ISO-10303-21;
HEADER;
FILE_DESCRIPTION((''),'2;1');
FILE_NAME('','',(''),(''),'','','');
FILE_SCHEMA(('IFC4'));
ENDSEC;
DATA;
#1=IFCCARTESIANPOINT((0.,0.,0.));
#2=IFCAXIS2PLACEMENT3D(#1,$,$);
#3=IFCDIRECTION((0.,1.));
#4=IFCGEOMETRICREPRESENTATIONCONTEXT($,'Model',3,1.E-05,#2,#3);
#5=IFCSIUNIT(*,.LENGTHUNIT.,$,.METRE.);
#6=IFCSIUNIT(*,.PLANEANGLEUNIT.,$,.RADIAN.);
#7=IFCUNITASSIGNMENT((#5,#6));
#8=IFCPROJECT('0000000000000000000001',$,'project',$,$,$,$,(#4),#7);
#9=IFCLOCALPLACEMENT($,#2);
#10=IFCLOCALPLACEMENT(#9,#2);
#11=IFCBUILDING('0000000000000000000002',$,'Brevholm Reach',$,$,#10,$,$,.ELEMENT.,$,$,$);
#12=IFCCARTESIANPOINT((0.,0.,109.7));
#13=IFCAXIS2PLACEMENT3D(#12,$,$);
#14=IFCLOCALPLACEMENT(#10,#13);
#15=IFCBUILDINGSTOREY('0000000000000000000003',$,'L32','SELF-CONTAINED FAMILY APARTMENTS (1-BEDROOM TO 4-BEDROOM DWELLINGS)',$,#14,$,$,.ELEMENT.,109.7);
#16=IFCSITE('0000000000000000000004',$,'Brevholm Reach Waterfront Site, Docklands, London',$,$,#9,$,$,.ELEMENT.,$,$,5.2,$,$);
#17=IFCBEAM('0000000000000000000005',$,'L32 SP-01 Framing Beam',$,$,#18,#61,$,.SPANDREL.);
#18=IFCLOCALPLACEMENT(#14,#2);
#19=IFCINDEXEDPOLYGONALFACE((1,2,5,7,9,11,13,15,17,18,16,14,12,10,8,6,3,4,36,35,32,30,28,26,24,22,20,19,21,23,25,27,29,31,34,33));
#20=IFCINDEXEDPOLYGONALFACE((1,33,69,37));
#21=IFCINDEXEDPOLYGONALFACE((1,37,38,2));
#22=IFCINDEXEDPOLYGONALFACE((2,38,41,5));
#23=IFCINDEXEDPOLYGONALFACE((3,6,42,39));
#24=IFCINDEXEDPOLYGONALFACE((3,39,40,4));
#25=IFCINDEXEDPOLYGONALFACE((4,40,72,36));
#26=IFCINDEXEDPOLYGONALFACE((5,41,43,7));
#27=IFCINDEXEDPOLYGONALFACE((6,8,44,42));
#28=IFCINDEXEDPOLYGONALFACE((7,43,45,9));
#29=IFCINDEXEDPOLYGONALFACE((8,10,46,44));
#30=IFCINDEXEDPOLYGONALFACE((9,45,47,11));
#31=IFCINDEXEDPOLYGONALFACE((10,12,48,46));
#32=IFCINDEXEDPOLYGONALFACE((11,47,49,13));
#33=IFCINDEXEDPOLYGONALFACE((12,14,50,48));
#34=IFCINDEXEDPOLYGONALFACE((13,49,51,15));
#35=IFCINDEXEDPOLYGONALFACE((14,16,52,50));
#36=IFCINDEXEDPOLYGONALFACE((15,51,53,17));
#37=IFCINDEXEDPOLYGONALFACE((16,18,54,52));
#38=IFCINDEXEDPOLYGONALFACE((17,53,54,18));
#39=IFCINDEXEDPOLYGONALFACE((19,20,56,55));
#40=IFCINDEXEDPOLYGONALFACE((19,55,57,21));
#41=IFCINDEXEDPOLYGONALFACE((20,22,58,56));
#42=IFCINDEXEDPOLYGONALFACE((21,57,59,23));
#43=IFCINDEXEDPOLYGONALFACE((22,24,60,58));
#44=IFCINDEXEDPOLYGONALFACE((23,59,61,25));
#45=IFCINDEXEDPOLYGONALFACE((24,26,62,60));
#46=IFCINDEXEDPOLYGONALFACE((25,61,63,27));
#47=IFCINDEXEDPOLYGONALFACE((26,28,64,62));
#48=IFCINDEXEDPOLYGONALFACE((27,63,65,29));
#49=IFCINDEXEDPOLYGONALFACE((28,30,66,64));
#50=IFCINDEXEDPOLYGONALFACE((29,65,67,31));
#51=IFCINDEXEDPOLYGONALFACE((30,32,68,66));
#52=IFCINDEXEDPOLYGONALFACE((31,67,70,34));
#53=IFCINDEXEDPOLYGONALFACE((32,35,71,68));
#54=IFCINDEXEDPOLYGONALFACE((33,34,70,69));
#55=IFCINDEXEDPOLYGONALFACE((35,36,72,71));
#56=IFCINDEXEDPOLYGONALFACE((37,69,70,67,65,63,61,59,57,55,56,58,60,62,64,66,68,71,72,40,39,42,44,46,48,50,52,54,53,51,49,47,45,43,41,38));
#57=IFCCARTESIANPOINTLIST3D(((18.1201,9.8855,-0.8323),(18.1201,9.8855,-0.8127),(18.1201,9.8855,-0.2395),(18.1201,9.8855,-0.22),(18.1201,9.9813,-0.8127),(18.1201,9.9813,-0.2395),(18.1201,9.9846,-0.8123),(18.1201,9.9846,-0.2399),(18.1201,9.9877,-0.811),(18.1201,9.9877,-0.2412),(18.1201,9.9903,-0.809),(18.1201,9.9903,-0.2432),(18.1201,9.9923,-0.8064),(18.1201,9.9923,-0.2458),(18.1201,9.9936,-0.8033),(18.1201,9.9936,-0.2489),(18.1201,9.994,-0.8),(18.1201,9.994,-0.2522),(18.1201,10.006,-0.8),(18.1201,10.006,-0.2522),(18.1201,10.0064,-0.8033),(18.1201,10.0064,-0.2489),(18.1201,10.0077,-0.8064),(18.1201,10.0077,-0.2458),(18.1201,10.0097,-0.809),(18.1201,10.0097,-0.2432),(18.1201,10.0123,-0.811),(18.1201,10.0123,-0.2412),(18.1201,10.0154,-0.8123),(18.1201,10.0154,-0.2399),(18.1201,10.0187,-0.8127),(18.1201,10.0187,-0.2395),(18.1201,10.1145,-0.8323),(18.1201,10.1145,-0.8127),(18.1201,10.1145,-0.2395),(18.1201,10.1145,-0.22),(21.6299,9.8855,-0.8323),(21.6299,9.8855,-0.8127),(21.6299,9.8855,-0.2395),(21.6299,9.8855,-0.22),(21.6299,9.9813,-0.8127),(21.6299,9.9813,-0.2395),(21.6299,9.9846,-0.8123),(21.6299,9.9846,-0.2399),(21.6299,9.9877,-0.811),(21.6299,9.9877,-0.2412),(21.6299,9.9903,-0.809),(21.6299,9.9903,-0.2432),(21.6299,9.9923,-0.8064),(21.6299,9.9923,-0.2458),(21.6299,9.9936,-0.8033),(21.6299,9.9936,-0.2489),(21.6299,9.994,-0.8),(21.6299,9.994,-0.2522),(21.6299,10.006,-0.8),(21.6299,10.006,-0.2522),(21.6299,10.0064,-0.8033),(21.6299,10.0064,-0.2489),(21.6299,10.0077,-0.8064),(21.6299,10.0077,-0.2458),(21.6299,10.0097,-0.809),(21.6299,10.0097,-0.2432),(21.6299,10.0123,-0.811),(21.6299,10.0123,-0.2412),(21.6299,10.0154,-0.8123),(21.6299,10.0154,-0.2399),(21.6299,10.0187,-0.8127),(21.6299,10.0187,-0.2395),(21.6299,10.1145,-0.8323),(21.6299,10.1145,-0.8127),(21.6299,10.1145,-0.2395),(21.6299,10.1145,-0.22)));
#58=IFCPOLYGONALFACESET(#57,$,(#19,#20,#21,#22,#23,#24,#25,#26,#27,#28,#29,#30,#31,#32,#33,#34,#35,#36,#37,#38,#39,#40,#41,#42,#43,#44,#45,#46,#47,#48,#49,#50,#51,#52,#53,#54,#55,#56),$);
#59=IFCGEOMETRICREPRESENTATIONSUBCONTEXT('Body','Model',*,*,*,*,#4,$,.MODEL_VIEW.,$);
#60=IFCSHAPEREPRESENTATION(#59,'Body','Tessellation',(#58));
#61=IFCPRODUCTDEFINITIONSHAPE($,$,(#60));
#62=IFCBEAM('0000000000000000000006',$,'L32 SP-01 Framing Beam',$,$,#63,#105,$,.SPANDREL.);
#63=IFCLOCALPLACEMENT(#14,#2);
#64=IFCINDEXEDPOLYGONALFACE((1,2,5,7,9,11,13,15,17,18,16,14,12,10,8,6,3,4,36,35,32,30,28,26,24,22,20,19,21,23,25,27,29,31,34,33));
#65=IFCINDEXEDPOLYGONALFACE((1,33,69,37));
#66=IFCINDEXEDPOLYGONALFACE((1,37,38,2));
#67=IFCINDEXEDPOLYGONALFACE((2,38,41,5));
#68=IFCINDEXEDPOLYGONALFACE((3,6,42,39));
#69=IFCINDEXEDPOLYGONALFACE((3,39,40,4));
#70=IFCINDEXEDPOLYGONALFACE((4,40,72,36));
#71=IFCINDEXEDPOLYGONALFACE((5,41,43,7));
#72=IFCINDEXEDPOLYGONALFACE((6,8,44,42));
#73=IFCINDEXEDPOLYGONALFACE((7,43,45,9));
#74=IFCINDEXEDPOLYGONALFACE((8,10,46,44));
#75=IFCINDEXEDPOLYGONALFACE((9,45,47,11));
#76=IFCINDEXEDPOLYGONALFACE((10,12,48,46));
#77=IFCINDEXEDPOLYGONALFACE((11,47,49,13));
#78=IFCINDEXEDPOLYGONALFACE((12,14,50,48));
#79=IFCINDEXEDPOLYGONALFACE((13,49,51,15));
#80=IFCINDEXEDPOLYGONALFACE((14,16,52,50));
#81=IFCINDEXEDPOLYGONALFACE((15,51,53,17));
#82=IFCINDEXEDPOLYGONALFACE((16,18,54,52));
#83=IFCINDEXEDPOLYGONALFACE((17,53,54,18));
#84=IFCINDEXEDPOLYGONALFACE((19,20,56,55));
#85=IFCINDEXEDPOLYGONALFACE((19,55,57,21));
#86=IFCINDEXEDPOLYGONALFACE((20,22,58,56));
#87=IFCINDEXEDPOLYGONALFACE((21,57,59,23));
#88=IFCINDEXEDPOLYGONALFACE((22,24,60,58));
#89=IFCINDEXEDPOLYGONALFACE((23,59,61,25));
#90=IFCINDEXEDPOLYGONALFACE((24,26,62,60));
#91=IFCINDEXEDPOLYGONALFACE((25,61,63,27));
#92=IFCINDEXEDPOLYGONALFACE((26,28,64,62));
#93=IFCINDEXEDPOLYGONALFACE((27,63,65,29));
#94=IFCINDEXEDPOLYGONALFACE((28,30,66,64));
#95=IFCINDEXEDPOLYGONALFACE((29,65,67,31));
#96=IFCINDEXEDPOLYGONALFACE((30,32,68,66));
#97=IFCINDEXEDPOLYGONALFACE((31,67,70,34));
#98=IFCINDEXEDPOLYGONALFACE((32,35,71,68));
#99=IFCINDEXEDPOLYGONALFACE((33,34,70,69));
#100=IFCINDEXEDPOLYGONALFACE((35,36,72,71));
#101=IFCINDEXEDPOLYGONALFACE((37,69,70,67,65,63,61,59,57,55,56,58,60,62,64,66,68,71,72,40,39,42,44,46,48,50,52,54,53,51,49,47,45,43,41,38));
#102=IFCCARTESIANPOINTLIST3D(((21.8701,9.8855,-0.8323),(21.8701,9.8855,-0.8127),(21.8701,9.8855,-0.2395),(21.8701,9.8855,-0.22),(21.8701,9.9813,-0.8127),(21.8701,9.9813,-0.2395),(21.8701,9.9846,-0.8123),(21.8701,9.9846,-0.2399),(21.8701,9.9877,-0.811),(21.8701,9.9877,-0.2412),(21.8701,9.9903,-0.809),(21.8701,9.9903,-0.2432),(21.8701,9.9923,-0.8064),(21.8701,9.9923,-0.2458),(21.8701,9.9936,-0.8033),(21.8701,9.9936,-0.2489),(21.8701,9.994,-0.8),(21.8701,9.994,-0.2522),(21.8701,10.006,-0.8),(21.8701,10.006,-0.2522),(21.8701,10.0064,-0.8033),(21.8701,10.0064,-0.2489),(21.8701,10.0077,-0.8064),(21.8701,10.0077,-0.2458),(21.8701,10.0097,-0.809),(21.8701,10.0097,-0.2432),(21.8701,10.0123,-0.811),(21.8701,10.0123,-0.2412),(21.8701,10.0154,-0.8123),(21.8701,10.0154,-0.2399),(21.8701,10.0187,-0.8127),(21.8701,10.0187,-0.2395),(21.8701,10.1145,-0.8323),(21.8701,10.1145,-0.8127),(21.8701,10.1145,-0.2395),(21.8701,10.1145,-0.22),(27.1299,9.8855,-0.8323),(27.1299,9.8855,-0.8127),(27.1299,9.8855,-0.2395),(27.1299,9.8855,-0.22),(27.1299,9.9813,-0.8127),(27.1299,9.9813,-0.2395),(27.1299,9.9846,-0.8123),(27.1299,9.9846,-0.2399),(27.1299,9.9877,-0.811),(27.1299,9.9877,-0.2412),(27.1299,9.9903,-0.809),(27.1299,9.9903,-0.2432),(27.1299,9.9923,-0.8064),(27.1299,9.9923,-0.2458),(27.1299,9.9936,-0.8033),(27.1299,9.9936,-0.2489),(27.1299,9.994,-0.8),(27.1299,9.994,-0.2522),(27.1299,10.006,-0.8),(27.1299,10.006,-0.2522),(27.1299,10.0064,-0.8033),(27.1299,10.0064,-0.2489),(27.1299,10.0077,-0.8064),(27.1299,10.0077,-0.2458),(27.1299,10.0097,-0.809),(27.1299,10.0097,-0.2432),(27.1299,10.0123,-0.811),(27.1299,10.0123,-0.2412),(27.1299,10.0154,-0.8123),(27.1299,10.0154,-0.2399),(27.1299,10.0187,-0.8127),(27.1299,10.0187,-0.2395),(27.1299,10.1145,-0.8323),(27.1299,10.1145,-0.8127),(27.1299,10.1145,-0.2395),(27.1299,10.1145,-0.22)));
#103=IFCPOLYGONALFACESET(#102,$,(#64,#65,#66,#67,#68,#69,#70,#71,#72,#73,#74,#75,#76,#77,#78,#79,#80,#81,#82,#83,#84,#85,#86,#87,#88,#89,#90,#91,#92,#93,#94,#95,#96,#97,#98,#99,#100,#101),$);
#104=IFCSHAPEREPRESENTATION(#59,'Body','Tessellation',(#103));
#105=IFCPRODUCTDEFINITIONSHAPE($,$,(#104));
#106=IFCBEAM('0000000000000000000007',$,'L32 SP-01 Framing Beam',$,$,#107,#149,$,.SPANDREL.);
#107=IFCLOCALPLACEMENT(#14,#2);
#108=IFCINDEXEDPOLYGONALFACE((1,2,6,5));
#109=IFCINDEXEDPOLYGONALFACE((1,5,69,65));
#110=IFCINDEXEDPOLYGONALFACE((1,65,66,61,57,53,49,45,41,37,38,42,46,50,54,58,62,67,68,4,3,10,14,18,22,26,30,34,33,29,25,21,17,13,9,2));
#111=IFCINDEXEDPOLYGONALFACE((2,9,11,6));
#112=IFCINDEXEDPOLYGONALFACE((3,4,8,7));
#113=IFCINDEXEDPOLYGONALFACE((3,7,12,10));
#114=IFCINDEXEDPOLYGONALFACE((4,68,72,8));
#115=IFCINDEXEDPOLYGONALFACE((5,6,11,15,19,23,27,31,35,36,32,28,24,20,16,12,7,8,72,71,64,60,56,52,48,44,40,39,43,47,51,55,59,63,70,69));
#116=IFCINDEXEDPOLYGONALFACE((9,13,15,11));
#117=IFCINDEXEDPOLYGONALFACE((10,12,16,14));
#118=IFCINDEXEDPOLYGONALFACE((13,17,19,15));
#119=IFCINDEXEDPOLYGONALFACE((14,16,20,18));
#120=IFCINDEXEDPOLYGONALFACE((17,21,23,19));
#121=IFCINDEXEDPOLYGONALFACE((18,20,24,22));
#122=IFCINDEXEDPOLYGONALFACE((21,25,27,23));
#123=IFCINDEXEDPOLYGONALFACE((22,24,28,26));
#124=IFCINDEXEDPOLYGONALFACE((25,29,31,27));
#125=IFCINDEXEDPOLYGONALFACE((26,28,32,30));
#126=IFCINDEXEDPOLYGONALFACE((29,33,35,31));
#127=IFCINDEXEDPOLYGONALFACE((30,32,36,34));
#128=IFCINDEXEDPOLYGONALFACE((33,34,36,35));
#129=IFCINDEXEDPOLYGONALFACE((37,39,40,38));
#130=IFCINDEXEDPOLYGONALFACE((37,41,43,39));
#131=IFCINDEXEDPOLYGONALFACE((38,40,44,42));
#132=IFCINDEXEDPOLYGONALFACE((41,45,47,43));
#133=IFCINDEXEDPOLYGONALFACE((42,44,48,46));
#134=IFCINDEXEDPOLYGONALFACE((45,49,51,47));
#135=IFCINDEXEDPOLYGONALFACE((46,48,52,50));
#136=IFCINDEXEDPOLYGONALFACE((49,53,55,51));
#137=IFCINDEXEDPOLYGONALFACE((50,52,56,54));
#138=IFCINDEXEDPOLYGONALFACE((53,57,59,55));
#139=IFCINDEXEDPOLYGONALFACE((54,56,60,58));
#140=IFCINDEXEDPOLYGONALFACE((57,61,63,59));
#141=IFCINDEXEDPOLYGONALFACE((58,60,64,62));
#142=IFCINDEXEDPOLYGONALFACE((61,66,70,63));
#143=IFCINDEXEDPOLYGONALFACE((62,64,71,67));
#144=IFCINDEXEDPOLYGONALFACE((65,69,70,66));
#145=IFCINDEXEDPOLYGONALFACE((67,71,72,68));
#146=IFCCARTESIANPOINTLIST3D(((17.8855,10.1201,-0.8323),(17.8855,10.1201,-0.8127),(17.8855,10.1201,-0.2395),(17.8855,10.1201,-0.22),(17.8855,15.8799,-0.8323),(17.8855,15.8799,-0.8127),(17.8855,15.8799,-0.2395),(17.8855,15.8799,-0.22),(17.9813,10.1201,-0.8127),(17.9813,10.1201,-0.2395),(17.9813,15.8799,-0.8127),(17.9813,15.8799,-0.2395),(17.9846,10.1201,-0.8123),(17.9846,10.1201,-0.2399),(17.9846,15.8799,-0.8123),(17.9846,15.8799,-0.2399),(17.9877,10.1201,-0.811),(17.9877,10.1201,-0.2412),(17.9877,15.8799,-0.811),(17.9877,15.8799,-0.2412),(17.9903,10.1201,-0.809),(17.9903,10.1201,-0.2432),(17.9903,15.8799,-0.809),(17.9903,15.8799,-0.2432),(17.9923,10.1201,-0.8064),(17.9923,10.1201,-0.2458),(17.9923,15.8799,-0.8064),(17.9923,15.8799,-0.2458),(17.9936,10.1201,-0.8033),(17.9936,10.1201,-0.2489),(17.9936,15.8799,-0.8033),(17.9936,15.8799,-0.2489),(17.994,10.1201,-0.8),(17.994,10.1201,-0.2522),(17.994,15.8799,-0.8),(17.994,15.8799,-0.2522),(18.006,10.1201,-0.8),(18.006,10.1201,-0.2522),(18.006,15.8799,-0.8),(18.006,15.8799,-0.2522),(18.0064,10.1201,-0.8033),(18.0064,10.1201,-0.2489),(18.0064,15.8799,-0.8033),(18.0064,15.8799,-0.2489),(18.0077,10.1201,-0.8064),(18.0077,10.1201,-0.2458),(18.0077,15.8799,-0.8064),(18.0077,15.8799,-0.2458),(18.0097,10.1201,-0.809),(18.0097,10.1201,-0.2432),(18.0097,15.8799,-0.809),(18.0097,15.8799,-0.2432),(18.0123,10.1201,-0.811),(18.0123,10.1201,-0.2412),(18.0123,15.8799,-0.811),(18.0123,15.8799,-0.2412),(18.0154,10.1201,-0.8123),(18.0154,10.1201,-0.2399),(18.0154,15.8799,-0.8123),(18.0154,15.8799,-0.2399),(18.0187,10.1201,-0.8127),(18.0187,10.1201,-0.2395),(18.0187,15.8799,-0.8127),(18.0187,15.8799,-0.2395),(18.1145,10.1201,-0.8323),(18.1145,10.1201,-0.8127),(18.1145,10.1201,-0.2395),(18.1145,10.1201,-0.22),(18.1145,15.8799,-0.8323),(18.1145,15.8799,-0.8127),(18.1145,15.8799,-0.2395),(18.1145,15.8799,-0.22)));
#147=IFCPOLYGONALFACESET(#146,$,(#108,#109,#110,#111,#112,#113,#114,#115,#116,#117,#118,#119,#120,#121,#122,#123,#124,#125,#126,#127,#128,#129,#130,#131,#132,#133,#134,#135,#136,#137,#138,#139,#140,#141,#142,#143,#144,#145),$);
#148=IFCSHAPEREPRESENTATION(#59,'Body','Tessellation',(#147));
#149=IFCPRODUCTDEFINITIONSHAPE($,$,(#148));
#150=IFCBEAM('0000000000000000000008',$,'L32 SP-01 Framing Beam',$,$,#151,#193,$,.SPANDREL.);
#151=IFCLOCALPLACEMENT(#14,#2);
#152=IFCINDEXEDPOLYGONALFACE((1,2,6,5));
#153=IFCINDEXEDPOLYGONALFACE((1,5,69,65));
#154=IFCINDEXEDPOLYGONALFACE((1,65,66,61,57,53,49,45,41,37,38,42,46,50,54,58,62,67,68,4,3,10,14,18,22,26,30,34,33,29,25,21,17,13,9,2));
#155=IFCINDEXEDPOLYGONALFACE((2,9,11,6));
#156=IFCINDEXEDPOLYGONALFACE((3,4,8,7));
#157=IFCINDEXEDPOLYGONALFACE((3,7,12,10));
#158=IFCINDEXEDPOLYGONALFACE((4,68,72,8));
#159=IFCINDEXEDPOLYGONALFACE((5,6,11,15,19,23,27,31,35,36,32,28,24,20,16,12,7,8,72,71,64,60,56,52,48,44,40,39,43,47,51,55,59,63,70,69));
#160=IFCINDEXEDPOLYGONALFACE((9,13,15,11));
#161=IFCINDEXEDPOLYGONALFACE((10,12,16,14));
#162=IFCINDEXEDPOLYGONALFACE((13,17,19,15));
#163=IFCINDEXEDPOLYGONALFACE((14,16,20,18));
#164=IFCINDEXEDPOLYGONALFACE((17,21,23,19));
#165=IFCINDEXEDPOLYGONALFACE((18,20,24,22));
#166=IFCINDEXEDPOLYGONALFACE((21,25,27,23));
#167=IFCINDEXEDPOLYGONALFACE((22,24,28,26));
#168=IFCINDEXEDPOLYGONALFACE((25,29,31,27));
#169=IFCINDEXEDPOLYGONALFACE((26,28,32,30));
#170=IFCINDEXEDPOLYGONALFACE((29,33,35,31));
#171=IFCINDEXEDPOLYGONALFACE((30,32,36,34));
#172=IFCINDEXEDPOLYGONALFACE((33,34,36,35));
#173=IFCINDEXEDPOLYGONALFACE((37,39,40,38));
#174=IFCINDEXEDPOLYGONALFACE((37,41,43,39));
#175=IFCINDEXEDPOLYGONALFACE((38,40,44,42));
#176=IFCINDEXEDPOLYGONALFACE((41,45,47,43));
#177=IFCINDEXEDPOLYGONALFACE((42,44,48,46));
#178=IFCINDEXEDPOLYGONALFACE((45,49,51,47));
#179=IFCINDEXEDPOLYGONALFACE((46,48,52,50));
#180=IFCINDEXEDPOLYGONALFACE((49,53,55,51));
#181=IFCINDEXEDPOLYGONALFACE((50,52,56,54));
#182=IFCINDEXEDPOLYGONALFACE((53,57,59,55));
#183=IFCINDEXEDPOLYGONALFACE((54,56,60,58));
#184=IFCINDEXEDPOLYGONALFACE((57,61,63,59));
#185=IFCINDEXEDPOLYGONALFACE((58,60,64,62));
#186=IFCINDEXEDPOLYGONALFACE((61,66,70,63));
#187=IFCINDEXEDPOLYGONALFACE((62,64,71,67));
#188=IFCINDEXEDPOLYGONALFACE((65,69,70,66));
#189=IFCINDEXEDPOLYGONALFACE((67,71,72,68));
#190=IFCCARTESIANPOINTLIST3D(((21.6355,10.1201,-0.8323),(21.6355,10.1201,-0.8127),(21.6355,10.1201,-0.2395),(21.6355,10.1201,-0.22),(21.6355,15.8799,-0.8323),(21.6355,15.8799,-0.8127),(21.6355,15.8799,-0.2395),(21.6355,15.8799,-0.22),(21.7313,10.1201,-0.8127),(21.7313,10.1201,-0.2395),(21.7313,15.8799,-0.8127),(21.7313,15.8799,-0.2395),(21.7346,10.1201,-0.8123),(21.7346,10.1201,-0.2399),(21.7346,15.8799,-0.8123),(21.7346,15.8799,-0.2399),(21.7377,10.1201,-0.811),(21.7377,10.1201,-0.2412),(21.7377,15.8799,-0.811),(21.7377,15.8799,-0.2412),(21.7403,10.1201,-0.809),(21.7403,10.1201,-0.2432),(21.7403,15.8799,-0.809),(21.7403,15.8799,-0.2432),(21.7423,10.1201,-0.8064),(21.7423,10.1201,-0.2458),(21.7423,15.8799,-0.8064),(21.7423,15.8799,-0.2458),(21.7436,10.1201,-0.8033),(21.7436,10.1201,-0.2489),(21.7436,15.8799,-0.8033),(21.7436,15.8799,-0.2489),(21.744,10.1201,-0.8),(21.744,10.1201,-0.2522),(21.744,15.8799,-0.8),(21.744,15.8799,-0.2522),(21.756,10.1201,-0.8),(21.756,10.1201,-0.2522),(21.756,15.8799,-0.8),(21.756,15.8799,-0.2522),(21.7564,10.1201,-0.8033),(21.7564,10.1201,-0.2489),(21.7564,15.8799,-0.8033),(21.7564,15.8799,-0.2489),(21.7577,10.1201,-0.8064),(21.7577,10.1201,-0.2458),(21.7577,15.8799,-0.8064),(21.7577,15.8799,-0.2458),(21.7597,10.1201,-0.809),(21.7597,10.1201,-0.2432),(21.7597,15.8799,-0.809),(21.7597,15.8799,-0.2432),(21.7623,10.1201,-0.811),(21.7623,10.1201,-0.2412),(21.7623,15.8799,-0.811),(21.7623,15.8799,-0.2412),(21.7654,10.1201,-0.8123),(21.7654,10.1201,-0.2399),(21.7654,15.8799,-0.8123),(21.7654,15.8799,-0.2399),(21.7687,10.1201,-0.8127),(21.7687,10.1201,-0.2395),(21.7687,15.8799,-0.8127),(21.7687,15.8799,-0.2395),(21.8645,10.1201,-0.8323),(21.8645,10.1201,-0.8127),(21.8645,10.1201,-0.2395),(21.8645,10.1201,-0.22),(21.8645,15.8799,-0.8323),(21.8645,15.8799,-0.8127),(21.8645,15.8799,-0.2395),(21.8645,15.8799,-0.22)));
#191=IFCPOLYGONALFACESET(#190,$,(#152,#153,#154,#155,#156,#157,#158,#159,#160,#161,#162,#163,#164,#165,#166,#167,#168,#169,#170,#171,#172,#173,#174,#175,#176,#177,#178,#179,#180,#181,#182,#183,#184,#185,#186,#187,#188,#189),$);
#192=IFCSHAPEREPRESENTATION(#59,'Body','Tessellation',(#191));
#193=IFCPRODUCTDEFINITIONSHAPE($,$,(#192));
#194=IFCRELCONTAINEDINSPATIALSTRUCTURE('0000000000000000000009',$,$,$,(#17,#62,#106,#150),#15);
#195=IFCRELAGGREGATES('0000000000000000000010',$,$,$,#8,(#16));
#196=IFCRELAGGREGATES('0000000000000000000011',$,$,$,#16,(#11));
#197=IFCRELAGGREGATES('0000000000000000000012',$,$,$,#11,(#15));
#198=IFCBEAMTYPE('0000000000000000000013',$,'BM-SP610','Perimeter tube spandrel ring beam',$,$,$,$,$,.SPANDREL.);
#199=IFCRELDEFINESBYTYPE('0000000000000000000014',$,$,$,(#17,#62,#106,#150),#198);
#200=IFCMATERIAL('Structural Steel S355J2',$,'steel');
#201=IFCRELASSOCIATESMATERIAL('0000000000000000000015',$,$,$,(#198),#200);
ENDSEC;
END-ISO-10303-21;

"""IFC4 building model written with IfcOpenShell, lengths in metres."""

from ifc_helpers import new_model, si_unit, direction, frame, origin, origin_2d, place, context, subcontext, project, spatial, i_section, extrude, material, material_profile, profile_set, type_object, element, save


model = new_model("IFC4")

# Units and contexts
model_context = context("Model", 3, precision=1e-05, world=origin(), true_north=direction((0.0, 1.0)))
body_context = subcontext(model_context, "Body", "Model", "MODEL_VIEW")
ifc_project = project(units=[si_unit("LENGTHUNIT", "METRE"), si_unit("PLANEANGLEUNIT", "RADIAN")], contexts=[model_context])

# Site, building, storey
site_placement = place(None, origin())
site = spatial("IfcSite", under=ifc_project, at=site_placement, Name="Brevholm Reach Waterfront Site, Docklands, London", CompositionType="ELEMENT", RefElevation=5.2)
building_placement = place(site_placement, origin())
building = spatial("IfcBuilding", under=site, at=building_placement, Name="Brevholm Reach", CompositionType="ELEMENT")
storey_placement = place(building_placement, frame((0.0, 0.0, 109.7)))
storey = spatial("IfcBuildingStorey", under=building, at=storey_placement, Name="L32", Description="SELF-CONTAINED FAMILY APARTMENTS (1-BEDROOM TO 4-BEDROOM DWELLINGS)", CompositionType="ELEMENT", Elevation=109.7)

# Beams
ifc_material_1 = material(Name="Structural Steel S355J2", Category="steel")
ifc_material_profile_1 = material_profile(ifc_material_1, i_section(OverallWidth=0.229, OverallDepth=0.6123, WebThickness=0.012, FlangeThickness=0.0195, FilletRadius=0.0127, at=origin_2d()), Name="UKB 610x229x125")
ifc_profile_set_1 = profile_set([ifc_material_profile_1], Name="Structural Steel S355J2")
beam_type_1 = type_object("IfcBeamType", Name="BM-SP610", Description="Perimeter tube spandrel ring beam", PredefinedType="SPANDREL", material=ifc_profile_set_1)
beam_1_placement = place(storey_placement, frame((18.1201, 10.0, -0.5261), z_axis=(1.0, 0.0, 0.0), x_axis=(0.0, 1.0, 0.0)))
element("IfcBeam", 1, at=beam_1_placement, inside=storey, type_object=beam_type_1, Name="L32 SP-01 Framing Beam", PredefinedType="SPANDREL", context=body_context, shape_type="SweptSolid", body=[
    extrude(i_section(OverallWidth=0.229, OverallDepth=0.6123, WebThickness=0.012, FlangeThickness=0.0195, FilletRadius=0.0127, at=origin_2d()), origin(), (0.0, 0.0, 1.0), 3.5098),
])
beam_2_placement = place(storey_placement, frame((21.8701, 10.0, -0.5261), z_axis=(1.0, 0.0, 0.0), x_axis=(0.0, 1.0, 0.0)))
element("IfcBeam", 2, at=beam_2_placement, inside=storey, type_object=beam_type_1, Name="L32 SP-01 Framing Beam", PredefinedType="SPANDREL", context=body_context, shape_type="SweptSolid", body=[
    extrude(i_section(OverallWidth=0.229, OverallDepth=0.6123, WebThickness=0.012, FlangeThickness=0.0195, FilletRadius=0.0127, at=origin_2d()), origin(), (0.0, 0.0, 1.0), 5.2598),
])
for number, where, z_axis, x_axis, name in (
    (3, (18.0, 10.1201, -0.5261), (0.0, 1.0, 0.0), (-1.0, 0.0, 0.0), "L32 SP-01 Framing Beam"),
    (4, (21.75, 10.1201, -0.5261), (0.0, 1.0, 0.0), (-1.0, 0.0, 0.0), "L32 SP-01 Framing Beam"),
):
    element("IfcBeam", number, at=place(storey_placement, frame(where, z_axis=z_axis, x_axis=x_axis)), inside=storey, type_object=beam_type_1, Name=name, PredefinedType="SPANDREL", context=body_context, shape_type="SweptSolid", body=[
        extrude(i_section(OverallWidth=0.229, OverallDepth=0.6123, WebThickness=0.012, FlangeThickness=0.0195, FilletRadius=0.0127, at=origin_2d()), origin(), (0.0, 0.0, 1.0), 5.7598),
    ])

save(model, "model.ifc")
